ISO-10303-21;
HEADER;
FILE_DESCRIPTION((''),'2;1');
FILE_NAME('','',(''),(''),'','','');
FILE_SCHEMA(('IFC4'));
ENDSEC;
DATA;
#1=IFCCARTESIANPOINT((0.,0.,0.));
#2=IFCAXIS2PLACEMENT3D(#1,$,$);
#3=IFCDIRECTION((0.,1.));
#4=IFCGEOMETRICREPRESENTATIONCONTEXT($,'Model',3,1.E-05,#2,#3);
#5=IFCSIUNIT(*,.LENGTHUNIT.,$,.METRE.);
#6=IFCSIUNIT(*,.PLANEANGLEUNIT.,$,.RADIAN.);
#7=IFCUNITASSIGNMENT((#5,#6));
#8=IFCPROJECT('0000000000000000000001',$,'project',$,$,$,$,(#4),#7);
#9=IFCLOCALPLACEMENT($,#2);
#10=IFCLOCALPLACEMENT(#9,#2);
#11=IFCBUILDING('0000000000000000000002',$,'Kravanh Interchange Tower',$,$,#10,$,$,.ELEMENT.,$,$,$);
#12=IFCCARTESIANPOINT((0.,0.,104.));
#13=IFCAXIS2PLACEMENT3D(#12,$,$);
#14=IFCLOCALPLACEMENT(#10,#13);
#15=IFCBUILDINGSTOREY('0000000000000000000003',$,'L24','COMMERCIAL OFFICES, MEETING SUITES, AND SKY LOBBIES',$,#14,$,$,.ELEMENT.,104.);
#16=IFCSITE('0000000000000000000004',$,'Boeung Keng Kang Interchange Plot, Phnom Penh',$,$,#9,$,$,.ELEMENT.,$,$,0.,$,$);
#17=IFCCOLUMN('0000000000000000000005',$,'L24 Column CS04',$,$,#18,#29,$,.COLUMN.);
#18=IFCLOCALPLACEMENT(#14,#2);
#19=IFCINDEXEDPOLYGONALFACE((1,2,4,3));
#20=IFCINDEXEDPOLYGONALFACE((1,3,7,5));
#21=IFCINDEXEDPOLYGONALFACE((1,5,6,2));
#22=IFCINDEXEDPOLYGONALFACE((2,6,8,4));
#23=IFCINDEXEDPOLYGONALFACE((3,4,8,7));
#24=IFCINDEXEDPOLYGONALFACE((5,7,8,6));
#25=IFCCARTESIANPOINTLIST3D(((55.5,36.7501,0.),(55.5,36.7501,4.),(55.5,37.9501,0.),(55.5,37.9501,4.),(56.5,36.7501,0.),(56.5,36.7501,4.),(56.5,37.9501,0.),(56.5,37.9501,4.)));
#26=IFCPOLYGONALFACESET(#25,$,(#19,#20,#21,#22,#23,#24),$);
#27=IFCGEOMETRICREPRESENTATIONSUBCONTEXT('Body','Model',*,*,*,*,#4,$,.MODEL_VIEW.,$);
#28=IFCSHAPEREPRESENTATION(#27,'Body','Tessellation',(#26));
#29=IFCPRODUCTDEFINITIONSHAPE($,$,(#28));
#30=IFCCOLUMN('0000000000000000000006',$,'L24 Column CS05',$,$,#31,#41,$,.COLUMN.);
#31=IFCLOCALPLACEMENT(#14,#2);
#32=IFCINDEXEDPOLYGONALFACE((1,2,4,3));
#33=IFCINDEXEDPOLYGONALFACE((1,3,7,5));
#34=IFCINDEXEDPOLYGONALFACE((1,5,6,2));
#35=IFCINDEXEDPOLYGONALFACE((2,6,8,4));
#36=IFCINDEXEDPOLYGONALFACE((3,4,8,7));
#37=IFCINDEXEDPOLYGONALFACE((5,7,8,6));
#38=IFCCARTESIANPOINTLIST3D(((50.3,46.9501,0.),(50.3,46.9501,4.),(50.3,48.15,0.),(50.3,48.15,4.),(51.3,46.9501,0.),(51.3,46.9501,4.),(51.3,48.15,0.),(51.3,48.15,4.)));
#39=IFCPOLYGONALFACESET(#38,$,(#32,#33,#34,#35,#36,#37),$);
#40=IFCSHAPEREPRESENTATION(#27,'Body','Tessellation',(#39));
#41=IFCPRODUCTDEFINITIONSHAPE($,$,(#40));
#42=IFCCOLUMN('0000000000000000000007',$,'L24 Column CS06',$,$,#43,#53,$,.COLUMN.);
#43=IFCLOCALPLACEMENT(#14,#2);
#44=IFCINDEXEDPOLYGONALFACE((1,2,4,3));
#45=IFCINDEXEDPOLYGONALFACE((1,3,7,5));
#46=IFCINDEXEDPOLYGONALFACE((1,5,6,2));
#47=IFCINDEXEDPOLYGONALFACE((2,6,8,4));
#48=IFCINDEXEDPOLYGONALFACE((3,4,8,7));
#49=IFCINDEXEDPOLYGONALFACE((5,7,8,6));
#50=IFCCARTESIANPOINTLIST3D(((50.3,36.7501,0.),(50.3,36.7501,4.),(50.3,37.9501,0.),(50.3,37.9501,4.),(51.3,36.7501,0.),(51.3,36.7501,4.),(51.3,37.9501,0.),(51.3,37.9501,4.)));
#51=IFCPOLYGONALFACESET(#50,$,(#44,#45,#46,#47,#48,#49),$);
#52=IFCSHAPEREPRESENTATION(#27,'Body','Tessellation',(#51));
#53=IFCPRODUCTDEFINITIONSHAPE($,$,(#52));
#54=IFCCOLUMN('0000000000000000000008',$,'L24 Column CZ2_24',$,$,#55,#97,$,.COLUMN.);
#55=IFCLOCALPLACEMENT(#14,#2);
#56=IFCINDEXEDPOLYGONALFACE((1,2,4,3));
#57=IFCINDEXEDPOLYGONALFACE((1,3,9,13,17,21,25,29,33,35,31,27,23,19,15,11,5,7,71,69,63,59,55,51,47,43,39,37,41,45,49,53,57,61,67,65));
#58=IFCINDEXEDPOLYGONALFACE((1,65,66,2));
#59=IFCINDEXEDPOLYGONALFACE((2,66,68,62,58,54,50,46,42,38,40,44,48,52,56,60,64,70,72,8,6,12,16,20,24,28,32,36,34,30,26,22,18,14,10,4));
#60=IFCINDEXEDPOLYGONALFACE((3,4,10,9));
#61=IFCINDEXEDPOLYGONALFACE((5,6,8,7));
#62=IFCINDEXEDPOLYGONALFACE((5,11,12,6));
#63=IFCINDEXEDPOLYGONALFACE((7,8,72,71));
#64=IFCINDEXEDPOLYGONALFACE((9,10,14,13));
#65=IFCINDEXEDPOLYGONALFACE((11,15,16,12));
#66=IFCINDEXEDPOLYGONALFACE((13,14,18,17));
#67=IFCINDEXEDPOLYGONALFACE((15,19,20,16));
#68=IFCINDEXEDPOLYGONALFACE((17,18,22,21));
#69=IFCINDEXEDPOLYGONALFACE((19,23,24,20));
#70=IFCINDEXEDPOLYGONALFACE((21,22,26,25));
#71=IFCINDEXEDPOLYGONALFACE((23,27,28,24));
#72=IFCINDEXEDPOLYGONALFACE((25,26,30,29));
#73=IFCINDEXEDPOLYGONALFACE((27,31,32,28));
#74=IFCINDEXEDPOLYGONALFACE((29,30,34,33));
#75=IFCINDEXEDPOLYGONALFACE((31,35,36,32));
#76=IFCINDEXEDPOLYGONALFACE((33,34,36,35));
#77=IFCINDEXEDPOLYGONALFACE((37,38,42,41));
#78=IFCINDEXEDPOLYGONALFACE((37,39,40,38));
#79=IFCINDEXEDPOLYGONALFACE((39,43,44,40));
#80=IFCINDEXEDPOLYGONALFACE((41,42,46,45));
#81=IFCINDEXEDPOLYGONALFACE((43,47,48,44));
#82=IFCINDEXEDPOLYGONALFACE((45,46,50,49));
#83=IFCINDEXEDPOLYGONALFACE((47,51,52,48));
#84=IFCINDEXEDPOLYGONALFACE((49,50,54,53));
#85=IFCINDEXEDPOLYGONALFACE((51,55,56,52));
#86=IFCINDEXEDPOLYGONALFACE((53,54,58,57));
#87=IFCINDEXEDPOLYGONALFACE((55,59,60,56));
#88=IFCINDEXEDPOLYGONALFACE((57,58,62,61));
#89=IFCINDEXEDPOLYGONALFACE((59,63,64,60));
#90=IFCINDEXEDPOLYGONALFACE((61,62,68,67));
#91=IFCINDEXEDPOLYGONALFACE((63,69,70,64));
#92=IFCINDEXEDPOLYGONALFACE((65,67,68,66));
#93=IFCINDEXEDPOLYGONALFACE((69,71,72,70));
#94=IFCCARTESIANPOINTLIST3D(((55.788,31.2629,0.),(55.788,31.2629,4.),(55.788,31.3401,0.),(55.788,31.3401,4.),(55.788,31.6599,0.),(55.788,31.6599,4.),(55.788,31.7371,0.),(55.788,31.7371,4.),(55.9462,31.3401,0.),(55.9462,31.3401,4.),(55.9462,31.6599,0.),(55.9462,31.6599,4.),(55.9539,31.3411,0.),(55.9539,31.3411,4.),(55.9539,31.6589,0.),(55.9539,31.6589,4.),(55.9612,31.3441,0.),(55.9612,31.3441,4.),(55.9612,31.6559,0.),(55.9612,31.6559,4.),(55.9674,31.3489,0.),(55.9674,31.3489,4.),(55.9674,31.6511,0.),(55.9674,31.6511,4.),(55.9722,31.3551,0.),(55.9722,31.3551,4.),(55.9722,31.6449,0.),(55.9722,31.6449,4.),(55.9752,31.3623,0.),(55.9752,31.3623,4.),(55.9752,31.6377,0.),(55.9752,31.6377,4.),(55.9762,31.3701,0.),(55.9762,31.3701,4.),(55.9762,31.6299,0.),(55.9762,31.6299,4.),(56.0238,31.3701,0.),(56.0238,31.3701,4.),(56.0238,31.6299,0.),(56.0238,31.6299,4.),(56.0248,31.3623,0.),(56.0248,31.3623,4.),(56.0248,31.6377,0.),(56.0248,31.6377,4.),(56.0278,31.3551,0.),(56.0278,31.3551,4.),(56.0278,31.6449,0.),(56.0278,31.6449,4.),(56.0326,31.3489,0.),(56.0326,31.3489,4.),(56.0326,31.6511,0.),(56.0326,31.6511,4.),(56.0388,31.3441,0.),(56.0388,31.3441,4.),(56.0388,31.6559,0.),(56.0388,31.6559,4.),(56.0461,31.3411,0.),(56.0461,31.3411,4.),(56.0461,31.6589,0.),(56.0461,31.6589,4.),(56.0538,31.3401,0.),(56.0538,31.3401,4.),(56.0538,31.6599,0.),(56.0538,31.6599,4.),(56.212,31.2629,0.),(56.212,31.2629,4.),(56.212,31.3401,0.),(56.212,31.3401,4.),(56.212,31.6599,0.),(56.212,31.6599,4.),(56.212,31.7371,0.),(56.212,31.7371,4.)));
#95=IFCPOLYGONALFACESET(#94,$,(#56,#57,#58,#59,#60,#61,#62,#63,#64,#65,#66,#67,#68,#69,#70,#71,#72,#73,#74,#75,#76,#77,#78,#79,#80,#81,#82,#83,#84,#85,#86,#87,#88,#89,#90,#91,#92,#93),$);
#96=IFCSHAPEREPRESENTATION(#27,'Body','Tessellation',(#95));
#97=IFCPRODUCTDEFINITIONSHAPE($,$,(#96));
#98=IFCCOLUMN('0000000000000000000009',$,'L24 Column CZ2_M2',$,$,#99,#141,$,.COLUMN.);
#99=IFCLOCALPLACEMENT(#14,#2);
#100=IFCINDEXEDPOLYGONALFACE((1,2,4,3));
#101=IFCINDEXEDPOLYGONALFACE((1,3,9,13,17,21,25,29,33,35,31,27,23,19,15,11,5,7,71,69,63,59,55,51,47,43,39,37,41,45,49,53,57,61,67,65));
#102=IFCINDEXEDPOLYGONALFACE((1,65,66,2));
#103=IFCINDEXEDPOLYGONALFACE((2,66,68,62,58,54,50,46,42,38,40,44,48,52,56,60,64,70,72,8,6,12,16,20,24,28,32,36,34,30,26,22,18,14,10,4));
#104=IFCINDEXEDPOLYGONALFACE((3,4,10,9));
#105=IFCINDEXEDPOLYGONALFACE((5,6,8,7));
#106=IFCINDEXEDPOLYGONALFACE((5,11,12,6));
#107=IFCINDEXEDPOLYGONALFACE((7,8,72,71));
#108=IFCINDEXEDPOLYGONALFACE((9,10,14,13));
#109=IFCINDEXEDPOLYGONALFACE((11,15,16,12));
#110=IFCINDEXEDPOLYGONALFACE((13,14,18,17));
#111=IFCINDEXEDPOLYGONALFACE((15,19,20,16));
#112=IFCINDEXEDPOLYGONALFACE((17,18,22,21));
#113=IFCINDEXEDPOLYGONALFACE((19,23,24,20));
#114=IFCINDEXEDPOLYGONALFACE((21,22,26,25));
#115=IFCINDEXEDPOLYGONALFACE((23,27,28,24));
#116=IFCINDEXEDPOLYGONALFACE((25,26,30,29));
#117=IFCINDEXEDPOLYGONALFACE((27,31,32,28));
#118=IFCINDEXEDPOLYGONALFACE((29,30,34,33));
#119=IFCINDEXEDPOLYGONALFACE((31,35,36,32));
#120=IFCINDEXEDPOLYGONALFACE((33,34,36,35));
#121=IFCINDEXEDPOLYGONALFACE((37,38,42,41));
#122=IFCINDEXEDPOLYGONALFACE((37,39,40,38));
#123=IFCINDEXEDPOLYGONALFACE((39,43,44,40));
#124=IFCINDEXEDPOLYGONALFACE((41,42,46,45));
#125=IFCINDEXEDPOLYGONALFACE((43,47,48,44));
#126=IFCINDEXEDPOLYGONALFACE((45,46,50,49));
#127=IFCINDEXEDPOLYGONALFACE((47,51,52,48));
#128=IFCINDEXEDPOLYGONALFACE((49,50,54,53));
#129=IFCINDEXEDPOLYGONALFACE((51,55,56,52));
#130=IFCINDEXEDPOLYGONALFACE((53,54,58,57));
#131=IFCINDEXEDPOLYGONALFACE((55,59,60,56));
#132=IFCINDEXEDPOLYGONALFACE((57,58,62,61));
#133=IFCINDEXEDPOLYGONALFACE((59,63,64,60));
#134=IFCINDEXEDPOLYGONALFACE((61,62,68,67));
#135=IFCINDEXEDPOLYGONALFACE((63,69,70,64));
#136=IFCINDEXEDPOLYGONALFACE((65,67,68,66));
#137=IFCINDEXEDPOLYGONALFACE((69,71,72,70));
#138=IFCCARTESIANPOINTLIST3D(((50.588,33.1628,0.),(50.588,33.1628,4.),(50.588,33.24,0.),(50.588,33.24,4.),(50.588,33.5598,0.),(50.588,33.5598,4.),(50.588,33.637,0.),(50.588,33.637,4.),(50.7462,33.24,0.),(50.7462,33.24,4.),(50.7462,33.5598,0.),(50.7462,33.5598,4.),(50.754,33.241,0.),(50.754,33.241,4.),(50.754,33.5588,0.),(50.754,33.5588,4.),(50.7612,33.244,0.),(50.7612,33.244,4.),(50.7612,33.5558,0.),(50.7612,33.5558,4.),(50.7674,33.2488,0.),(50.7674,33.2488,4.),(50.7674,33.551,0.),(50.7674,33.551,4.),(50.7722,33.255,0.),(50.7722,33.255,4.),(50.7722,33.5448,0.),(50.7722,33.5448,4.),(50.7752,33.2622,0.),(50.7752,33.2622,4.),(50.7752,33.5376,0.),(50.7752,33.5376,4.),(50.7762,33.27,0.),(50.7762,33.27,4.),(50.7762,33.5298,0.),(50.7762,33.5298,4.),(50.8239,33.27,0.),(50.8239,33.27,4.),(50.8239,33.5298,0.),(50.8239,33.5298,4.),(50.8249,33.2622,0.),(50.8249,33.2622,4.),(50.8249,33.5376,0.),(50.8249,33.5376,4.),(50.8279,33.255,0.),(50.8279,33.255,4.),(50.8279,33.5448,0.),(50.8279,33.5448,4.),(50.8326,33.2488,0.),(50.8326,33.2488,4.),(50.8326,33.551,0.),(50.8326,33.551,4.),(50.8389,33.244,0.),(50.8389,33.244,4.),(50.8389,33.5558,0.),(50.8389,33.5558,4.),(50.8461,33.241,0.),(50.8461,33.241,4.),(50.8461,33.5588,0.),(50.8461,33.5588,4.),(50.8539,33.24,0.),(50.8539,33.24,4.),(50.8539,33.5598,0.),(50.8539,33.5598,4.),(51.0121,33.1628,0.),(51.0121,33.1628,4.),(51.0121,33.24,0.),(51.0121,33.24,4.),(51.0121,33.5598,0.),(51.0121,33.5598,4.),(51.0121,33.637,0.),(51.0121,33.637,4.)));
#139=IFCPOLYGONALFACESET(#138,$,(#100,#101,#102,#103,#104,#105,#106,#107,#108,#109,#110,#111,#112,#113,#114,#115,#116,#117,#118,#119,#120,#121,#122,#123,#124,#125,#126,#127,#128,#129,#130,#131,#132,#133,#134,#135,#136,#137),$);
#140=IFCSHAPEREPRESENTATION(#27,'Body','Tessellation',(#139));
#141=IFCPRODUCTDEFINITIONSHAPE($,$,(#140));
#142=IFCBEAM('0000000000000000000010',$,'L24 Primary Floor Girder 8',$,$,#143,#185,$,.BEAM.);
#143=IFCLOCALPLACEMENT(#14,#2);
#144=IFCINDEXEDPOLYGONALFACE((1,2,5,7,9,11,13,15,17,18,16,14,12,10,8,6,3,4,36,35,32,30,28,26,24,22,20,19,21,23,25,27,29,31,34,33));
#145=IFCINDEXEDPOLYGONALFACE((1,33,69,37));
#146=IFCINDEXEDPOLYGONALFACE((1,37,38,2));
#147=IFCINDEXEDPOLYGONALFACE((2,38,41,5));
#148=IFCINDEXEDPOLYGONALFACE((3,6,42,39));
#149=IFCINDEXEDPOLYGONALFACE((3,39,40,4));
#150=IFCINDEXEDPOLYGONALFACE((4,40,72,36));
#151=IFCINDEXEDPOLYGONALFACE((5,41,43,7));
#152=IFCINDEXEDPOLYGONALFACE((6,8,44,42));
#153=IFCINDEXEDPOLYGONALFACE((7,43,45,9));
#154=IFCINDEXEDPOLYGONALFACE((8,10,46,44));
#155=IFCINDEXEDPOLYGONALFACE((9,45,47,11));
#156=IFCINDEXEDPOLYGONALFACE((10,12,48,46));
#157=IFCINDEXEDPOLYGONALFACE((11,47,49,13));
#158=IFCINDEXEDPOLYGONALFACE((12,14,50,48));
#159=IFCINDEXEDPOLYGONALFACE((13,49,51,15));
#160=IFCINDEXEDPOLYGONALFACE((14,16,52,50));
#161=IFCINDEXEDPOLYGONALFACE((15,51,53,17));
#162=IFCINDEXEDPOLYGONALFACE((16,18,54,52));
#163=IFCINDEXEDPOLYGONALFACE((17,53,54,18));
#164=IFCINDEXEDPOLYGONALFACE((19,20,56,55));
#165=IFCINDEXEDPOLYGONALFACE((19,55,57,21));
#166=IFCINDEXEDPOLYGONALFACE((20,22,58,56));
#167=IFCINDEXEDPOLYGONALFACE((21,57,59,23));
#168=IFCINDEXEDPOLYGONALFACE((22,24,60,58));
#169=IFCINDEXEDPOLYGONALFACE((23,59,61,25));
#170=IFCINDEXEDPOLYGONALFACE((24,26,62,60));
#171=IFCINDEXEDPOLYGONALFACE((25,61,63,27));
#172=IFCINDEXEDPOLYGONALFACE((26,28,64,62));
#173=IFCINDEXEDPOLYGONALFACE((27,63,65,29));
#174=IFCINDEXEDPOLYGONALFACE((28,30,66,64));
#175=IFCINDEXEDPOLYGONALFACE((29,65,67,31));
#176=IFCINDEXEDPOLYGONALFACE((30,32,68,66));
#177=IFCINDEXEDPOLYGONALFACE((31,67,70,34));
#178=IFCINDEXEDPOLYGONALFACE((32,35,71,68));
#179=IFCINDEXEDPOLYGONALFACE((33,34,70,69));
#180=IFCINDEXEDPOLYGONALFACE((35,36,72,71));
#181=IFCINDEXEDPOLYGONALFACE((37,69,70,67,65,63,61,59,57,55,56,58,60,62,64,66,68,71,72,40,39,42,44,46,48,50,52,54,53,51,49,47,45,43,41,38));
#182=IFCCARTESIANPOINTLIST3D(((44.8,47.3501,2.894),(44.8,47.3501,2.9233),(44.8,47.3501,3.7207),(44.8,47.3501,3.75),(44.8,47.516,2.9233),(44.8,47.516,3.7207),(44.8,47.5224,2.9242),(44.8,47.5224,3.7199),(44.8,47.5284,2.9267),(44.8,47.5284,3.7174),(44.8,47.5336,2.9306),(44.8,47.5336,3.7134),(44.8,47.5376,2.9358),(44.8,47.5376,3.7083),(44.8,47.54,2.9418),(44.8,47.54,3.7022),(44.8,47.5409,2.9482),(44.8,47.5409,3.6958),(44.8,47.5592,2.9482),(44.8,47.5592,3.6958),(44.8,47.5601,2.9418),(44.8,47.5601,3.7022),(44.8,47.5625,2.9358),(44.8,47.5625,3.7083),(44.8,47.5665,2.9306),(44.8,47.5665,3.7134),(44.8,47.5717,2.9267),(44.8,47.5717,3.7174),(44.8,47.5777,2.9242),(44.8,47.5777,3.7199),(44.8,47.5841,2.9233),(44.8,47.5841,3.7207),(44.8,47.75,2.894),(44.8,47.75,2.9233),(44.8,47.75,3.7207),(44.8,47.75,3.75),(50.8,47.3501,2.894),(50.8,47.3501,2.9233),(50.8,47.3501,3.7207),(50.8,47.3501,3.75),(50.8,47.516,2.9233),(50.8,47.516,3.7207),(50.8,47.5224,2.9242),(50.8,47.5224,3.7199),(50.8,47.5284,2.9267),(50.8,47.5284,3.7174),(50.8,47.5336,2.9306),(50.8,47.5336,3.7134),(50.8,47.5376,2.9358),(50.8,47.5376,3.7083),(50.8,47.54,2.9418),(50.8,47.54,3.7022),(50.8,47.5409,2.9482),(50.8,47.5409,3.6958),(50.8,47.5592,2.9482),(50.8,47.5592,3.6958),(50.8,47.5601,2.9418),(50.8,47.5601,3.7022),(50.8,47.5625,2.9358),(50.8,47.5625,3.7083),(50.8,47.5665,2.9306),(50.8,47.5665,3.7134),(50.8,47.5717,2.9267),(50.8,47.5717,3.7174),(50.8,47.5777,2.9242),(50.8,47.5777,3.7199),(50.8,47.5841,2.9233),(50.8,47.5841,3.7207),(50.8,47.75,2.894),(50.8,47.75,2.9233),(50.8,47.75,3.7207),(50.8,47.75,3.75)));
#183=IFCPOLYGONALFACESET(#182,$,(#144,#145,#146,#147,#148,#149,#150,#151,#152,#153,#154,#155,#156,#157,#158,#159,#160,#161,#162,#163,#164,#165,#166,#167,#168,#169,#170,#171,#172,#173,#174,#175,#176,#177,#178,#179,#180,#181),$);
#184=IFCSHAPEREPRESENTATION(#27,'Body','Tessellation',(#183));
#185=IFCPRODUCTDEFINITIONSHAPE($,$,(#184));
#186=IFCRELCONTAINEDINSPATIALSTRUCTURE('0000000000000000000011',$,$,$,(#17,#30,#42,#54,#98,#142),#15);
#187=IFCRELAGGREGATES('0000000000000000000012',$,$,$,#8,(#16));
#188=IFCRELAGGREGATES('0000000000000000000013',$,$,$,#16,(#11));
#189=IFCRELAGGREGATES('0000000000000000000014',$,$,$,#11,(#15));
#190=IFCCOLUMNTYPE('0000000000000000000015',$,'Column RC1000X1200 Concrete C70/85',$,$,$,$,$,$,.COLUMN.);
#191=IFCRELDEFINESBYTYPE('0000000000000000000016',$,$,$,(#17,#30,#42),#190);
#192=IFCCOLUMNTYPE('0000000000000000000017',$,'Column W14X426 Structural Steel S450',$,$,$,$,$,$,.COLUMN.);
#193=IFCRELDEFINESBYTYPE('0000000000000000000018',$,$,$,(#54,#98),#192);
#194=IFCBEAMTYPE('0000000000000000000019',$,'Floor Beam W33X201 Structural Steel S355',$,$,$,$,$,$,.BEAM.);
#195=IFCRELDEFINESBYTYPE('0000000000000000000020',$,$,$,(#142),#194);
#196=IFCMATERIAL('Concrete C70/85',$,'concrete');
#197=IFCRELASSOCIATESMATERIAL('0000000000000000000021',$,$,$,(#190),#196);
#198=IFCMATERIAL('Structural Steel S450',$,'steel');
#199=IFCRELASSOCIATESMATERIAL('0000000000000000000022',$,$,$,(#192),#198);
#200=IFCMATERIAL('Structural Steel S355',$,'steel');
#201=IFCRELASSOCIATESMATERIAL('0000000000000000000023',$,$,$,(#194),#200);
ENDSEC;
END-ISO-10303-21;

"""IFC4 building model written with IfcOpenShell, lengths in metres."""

from ifc_helpers import new_model, si_unit, direction, frame, origin, origin_2d, place, context, subcontext, project, spatial, rectangle, i_section, extrude, material, material_profile, profile_set, type_object, element, save


model = new_model("IFC4")

# Units and contexts
model_context = context("Model", 3, precision=1e-05, world=origin(), true_north=direction((0.0, 1.0)))
body_context = subcontext(model_context, "Body", "Model", "MODEL_VIEW")
ifc_project = project(units=[si_unit("LENGTHUNIT", "METRE"), si_unit("PLANEANGLEUNIT", "RADIAN")], contexts=[model_context])

# Site, building, storey
site_placement = place(None, origin())
site = spatial("IfcSite", under=ifc_project, at=site_placement, Name="Boeung Keng Kang Interchange Plot, Phnom Penh", CompositionType="ELEMENT", RefElevation=0.0)
building_placement = place(site_placement, origin())
building = spatial("IfcBuilding", under=site, at=building_placement, Name="Kravanh Interchange Tower", CompositionType="ELEMENT")
storey_placement = place(building_placement, frame((0.0, 0.0, 104.0)))
storey = spatial("IfcBuildingStorey", under=building, at=storey_placement, Name="L24", Description="COMMERCIAL OFFICES, MEETING SUITES, AND SKY LOBBIES", CompositionType="ELEMENT", Elevation=104.0)

# Columns
ifc_material_1 = material(Name="Concrete C70/85", Category="concrete")
ifc_material_profile_1 = material_profile(ifc_material_1, rectangle(XDim=1.0, YDim=1.2, at=origin_2d()), Name="RC1000X1200")
ifc_profile_set_1 = profile_set([ifc_material_profile_1], Name="Concrete C70/85")
column_type_1 = type_object("IfcColumnType", Name="Column RC1000X1200 Concrete C70/85", PredefinedType="COLUMN", material=ifc_profile_set_1)
for number, where, z_axis, x_axis, name in (
    (1, (56.0, 37.3501, 0.0), (0.0, 0.0, 1.0), (1.0, 0.0, 0.0), "L24 Column CS04"),
    (2, (50.8, 47.55, 0.0), (0.0, 0.0, 1.0), (1.0, 0.0, 0.0), "L24 Column CS05"),
    (3, (50.8, 37.3501, 0.0), (0.0, 0.0, 1.0), (1.0, 0.0, 0.0), "L24 Column CS06"),
):
    element("IfcColumn", number, at=place(storey_placement, frame(where, z_axis=z_axis, x_axis=x_axis)), inside=storey, type_object=column_type_1, Name=name, PredefinedType="COLUMN", context=body_context, shape_type="SweptSolid", body=[
        extrude(rectangle(XDim=1.0, YDim=1.2, at=origin_2d()), origin(), (0.0, 0.0, 1.0), 4.0),
    ])
ifc_material_2 = material(Name="Structural Steel S450", Category="steel")
ifc_material_profile_2 = material_profile(ifc_material_2, i_section(OverallWidth=0.4241, OverallDepth=0.4741, WebThickness=0.0476, FlangeThickness=0.0771, FilletRadius=0.03, at=origin_2d()), Name="W14X426")
ifc_profile_set_2 = profile_set([ifc_material_profile_2], Name="Structural Steel S450")
column_type_2 = type_object("IfcColumnType", Name="Column W14X426 Structural Steel S450", PredefinedType="COLUMN", material=ifc_profile_set_2)
for number, where, z_axis, x_axis, name in (
    (4, (56.0, 31.5, 0.0), (0.0, 0.0, 1.0), (1.0, 0.0, 0.0), "L24 Column CZ2_24"),
    (5, (50.8, 33.3999, 0.0), (0.0, 0.0, 1.0), (1.0, 0.0, 0.0), "L24 Column CZ2_M2"),
):
    element("IfcColumn", number, at=place(storey_placement, frame(where, z_axis=z_axis, x_axis=x_axis)), inside=storey, type_object=column_type_2, Name=name, PredefinedType="COLUMN", context=body_context, shape_type="SweptSolid", body=[
        extrude(i_section(OverallWidth=0.4241, OverallDepth=0.4741, WebThickness=0.0476, FlangeThickness=0.0771, FilletRadius=0.03, at=origin_2d()), origin(), (0.0, 0.0, 1.0), 4.0),
    ])

# Beam
ifc_material_3 = material(Name="Structural Steel S355", Category="steel")
ifc_material_profile_3 = material_profile(ifc_material_3, i_section(OverallWidth=0.3999, OverallDepth=0.856, WebThickness=0.0183, FlangeThickness=0.0293, FilletRadius=0.0249, at=origin_2d()), Name="W33X201")
ifc_profile_set_3 = profile_set([ifc_material_profile_3], Name="Structural Steel S355")
beam_type_1 = type_object("IfcBeamType", Name="Floor Beam W33X201 Structural Steel S355", PredefinedType="BEAM", material=ifc_profile_set_3)
beam_1_placement = place(storey_placement, frame((50.8, 47.55, 3.322), z_axis=(-1.0, 0.0, 0.0), x_axis=(0.0, -1.0, 0.0)))
element("IfcBeam", 6, at=beam_1_placement, inside=storey, type_object=beam_type_1, Name="L24 Primary Floor Girder 8", PredefinedType="BEAM", context=body_context, shape_type="SweptSolid", body=[
    extrude(i_section(OverallWidth=0.3999, OverallDepth=0.856, WebThickness=0.0183, FlangeThickness=0.0293, FilletRadius=0.0249, at=origin_2d()), origin(), (0.0, 0.0, 1.0), 6.0),
])

save(model, "model.ifc")
